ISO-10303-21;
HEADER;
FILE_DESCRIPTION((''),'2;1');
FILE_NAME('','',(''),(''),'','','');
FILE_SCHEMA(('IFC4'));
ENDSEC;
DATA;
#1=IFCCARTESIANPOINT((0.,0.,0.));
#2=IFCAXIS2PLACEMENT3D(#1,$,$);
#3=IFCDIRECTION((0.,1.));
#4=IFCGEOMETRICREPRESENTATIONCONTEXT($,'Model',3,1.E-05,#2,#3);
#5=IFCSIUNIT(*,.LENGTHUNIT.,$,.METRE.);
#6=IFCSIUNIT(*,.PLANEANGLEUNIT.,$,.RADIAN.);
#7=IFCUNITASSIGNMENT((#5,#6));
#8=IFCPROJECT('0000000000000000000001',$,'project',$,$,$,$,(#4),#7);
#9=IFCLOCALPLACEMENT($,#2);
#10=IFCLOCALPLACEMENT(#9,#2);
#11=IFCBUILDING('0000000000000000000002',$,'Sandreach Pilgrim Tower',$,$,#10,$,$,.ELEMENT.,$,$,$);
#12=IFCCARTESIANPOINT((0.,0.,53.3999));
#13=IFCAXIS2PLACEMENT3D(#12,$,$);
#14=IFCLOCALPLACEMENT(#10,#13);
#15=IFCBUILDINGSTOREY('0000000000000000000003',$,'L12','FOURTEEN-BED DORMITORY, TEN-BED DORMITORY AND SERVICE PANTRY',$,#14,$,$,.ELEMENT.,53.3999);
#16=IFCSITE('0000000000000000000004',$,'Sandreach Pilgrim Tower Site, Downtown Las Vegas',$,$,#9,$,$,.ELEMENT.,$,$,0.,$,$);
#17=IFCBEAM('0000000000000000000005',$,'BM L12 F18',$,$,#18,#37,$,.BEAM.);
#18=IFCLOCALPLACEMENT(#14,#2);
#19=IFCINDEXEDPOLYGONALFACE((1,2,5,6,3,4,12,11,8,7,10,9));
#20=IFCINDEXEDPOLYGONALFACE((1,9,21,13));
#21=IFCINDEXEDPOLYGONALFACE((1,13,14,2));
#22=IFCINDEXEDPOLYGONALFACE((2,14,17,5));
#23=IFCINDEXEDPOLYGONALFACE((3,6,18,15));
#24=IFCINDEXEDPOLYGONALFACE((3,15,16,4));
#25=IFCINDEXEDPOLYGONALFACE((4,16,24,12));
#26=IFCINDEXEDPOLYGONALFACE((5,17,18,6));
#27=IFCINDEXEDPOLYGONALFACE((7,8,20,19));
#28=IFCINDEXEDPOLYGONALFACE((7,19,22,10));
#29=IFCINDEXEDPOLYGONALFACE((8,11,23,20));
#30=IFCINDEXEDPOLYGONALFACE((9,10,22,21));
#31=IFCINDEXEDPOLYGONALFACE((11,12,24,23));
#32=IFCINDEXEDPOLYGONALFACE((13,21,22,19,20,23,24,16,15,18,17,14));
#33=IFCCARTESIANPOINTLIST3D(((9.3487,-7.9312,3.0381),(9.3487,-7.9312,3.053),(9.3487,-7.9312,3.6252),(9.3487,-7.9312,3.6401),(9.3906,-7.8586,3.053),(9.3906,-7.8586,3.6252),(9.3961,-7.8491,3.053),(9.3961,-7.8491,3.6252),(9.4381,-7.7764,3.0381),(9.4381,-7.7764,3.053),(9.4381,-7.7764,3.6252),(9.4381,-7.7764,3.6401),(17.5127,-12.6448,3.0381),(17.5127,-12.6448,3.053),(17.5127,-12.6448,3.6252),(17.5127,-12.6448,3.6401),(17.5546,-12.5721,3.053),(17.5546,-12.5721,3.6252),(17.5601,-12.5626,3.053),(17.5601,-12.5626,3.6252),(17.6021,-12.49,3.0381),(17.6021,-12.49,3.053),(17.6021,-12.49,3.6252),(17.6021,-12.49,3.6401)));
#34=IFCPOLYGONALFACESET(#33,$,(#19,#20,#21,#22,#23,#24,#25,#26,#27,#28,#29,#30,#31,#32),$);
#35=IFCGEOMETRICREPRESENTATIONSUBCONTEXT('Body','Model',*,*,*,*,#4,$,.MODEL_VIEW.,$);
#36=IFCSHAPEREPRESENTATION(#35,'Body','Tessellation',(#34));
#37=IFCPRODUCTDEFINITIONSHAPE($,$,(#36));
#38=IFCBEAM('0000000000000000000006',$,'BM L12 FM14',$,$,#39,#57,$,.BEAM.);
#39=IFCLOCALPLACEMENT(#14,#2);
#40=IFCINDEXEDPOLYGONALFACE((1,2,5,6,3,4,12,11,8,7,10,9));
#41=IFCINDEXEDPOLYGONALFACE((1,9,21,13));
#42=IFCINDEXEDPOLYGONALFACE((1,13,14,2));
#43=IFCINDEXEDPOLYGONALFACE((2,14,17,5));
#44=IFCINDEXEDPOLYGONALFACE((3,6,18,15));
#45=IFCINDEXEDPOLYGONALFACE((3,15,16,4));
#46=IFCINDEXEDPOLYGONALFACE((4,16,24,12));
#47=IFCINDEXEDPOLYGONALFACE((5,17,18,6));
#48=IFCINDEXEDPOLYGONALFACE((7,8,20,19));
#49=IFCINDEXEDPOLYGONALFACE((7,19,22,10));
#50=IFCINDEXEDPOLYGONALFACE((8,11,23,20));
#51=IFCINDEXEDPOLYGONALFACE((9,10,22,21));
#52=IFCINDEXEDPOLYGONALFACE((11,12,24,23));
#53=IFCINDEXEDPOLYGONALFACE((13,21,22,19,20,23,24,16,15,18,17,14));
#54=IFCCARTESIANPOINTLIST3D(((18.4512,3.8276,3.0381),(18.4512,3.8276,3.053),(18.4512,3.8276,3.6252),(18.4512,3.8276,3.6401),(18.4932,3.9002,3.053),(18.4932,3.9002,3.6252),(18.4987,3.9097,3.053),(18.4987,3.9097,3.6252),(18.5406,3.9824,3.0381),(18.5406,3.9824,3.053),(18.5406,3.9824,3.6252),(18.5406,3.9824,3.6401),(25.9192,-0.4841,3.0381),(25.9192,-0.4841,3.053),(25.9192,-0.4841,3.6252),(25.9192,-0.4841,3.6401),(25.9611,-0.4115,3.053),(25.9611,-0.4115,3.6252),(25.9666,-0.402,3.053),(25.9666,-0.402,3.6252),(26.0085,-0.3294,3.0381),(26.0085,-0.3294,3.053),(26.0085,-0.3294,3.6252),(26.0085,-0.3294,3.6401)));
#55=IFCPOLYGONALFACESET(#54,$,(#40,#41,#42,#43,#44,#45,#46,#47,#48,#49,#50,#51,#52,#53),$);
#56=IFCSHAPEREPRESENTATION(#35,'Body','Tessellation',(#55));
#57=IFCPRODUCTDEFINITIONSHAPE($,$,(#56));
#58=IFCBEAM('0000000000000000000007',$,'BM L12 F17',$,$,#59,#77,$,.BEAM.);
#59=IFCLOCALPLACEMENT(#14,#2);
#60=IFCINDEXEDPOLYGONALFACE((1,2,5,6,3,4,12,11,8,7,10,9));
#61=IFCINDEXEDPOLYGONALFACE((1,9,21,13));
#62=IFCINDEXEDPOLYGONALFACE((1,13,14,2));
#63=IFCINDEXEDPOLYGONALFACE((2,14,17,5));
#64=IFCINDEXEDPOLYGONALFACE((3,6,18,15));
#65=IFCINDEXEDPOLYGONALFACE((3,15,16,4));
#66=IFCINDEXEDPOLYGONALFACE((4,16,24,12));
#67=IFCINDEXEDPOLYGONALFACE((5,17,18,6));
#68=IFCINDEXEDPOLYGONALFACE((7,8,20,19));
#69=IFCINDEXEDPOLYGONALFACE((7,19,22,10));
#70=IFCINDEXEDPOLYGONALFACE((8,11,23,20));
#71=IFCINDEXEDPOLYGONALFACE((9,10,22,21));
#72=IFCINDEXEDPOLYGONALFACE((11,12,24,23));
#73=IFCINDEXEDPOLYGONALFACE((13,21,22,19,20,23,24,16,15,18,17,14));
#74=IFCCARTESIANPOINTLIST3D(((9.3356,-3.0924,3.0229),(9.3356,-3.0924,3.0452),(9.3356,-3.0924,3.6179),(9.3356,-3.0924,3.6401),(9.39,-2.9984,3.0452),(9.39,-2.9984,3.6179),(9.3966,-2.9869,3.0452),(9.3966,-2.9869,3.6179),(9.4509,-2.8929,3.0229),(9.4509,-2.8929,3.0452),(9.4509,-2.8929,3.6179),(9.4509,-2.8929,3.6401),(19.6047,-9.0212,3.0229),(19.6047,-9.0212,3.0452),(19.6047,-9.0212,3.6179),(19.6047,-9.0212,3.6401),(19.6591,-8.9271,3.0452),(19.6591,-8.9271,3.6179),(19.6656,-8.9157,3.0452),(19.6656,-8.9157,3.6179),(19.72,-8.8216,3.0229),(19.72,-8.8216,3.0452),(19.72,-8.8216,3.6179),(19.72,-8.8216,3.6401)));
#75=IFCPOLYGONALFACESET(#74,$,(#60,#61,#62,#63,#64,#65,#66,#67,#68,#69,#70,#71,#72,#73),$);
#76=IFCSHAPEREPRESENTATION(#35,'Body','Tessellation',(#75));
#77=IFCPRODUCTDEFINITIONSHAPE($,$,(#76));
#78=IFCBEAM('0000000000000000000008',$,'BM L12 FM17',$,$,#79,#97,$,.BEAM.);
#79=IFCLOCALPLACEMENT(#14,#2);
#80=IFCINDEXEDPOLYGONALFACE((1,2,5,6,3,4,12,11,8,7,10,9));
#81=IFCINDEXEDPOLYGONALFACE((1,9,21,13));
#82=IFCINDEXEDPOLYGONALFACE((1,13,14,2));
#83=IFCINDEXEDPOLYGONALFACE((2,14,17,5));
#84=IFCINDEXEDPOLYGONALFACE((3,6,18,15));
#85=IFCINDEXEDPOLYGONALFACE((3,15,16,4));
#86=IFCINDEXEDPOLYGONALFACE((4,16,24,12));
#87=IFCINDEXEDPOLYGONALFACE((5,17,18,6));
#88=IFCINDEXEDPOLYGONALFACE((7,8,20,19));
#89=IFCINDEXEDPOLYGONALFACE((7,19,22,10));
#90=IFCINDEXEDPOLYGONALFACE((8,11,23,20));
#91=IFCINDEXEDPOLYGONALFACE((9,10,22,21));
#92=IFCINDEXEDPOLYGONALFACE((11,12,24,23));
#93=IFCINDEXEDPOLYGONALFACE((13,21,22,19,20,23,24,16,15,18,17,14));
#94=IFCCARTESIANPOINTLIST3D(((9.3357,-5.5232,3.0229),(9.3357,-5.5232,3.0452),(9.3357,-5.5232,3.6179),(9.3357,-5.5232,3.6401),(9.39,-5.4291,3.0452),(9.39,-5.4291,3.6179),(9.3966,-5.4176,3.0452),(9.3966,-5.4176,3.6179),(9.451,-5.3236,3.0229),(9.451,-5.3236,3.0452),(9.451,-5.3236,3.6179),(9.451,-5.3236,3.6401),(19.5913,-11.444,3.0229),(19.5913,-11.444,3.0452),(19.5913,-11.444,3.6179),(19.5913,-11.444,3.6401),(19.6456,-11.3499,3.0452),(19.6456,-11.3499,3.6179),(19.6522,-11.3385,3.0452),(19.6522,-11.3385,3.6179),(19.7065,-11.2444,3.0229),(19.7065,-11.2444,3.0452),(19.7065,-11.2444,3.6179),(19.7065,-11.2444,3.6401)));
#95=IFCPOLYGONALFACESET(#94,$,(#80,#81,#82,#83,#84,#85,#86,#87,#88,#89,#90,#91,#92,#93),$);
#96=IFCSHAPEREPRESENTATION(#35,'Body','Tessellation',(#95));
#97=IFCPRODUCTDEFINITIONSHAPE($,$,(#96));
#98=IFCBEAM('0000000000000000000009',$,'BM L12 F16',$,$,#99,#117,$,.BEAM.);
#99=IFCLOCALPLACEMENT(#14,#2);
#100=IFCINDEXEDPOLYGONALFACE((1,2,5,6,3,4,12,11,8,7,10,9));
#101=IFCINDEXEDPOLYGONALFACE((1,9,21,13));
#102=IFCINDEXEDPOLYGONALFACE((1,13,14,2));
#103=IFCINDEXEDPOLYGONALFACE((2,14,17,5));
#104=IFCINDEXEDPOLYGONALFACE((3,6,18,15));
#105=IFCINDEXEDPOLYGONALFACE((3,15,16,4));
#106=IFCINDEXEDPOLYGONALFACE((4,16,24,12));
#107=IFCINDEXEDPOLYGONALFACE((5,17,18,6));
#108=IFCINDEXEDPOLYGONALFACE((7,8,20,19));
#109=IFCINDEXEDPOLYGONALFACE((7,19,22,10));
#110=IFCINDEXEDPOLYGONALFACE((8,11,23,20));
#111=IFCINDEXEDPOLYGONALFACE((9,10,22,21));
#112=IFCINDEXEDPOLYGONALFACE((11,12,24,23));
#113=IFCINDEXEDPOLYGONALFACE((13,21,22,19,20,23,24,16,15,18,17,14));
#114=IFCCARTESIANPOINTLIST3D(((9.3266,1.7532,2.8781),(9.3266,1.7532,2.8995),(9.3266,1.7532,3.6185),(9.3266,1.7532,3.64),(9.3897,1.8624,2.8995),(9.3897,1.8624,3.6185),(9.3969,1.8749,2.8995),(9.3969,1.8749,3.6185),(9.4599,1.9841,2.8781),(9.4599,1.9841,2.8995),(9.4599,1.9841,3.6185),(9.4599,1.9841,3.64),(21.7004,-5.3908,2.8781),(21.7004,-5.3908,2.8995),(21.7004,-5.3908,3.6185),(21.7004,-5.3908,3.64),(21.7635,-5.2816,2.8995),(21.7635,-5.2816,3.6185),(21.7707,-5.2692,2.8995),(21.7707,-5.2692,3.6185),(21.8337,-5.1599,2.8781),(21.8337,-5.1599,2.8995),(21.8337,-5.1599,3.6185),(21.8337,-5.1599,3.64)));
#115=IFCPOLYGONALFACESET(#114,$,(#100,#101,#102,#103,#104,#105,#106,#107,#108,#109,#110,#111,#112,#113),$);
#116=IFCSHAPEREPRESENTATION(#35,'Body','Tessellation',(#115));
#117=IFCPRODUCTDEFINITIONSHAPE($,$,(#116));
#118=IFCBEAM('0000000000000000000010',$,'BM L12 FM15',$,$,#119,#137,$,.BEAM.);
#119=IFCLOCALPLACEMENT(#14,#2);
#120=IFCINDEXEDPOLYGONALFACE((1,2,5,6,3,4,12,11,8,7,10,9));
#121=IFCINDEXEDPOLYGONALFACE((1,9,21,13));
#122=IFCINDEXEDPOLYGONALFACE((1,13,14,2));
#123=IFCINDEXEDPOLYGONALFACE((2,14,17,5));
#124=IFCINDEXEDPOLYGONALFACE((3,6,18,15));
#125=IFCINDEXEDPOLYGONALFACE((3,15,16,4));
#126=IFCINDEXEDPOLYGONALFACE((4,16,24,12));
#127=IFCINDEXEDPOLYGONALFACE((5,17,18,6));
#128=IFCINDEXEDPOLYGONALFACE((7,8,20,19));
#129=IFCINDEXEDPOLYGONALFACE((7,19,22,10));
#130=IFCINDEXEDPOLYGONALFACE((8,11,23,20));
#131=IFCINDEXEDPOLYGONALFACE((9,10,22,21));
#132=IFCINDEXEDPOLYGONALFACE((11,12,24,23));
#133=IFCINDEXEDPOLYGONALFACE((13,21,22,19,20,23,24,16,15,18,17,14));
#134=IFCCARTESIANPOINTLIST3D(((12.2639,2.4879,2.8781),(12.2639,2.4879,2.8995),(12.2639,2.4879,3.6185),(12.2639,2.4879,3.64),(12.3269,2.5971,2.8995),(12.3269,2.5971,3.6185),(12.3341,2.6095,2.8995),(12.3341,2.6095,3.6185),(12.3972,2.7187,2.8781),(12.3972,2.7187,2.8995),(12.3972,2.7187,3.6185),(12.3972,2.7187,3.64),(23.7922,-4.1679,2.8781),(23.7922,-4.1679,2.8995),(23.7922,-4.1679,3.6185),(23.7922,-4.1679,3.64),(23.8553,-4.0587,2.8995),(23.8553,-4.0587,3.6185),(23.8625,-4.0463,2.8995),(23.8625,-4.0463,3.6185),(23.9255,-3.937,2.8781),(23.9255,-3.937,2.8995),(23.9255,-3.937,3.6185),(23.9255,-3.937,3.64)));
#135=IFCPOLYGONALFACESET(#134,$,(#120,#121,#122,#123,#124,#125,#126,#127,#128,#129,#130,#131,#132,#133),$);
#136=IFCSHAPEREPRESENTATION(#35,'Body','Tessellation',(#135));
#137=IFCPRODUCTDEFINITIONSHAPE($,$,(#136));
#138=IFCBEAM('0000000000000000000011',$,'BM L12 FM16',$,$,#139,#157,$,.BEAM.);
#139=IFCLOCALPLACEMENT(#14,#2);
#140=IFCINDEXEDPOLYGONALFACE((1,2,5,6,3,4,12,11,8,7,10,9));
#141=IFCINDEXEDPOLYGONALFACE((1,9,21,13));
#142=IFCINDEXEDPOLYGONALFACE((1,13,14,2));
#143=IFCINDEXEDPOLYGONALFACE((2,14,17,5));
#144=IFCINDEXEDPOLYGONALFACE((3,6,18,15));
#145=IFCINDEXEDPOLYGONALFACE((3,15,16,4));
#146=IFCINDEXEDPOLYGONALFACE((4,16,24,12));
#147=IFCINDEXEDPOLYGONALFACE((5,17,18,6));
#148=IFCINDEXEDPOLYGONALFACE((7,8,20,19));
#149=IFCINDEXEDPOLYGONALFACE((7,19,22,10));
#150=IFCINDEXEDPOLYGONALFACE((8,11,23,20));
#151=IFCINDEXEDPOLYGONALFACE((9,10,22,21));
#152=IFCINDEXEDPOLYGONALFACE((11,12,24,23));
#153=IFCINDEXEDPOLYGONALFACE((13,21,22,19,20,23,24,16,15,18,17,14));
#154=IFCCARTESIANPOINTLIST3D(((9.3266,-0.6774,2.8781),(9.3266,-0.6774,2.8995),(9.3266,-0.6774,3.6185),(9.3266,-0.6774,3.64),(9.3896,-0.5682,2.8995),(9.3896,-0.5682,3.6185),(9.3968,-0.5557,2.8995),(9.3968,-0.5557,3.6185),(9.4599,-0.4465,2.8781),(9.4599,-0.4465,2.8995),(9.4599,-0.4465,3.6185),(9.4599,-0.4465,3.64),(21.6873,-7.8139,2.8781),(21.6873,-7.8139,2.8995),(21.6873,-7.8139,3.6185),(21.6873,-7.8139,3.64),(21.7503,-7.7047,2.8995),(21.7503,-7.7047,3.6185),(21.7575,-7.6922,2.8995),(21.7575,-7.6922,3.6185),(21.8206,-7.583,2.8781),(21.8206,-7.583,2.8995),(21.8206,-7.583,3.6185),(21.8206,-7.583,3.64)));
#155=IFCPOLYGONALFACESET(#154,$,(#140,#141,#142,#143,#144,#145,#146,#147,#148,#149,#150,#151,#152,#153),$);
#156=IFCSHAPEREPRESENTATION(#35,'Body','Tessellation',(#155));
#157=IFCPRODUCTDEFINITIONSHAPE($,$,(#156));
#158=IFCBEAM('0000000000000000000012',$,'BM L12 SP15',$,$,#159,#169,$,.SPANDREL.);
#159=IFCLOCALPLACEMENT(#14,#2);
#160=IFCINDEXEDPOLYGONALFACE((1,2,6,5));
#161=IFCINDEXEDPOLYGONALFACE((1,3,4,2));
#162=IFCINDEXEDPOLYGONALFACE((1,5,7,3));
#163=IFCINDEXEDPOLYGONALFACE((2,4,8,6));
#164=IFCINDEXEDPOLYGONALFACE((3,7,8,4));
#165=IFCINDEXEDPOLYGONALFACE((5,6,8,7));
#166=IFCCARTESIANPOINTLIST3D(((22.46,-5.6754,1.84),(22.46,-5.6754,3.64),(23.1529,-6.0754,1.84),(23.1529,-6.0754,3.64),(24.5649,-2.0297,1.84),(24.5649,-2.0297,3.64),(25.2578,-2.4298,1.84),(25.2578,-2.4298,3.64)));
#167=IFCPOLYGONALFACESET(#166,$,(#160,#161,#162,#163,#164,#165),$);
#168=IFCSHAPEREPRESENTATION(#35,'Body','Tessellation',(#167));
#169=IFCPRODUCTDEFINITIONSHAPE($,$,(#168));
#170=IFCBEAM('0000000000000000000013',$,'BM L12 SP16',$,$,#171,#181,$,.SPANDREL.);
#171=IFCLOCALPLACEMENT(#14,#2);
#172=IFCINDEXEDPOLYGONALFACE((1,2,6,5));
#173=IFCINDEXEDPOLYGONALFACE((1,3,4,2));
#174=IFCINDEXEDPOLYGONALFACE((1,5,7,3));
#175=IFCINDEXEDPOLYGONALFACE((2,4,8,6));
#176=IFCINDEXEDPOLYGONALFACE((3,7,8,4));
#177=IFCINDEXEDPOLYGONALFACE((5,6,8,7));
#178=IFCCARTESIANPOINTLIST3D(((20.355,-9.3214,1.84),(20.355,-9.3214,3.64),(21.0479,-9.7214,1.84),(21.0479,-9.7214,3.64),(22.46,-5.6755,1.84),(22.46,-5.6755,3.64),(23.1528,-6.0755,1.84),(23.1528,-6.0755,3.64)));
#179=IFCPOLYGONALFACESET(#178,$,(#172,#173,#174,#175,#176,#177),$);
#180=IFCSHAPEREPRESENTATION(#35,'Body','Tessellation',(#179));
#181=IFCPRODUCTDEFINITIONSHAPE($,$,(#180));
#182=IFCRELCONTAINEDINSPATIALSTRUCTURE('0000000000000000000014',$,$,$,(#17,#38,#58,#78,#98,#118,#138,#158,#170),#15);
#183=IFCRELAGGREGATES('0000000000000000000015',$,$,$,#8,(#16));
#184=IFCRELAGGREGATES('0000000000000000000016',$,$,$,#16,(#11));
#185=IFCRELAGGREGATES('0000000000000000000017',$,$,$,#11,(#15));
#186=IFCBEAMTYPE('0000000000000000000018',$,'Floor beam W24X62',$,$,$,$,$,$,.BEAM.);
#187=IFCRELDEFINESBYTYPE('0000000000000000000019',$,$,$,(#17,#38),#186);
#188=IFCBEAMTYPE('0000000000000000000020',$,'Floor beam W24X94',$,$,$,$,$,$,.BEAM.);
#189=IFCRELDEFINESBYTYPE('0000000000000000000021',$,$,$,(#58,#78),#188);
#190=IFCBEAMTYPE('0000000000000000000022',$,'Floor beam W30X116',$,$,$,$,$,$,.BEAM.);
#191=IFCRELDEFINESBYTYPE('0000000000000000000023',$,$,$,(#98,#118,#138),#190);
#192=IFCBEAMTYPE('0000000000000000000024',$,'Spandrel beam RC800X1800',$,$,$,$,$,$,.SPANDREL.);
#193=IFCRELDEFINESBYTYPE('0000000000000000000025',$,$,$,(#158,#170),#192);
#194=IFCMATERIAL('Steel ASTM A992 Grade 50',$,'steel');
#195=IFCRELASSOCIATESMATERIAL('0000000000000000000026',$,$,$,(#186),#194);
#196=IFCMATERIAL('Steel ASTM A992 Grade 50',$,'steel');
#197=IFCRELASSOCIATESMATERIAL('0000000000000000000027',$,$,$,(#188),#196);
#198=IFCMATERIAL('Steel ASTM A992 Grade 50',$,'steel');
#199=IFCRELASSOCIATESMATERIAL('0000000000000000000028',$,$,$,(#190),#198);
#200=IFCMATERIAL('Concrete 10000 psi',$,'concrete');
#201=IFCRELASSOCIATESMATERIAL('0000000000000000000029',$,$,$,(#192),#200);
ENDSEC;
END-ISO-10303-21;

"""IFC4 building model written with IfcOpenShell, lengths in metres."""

from ifc_helpers import new_model, si_unit, direction, frame, origin, origin_2d, place, context, subcontext, project, spatial, rectangle, i_section, extrude, material, material_profile, profile_set, type_object, element, save


model = new_model("IFC4")

# Units and contexts
model_context = context("Model", 3, precision=1e-05, world=origin(), true_north=direction((0.0, 1.0)))
body_context = subcontext(model_context, "Body", "Model", "MODEL_VIEW")
ifc_project = project(units=[si_unit("LENGTHUNIT", "METRE"), si_unit("PLANEANGLEUNIT", "RADIAN")], contexts=[model_context])

# Site, building, storey
site_placement = place(None, origin())
site = spatial("IfcSite", under=ifc_project, at=site_placement, Name="Sandreach Pilgrim Tower Site, Downtown Las Vegas", CompositionType="ELEMENT", RefElevation=0.0)
building_placement = place(site_placement, origin())
building = spatial("IfcBuilding", under=site, at=building_placement, Name="Sandreach Pilgrim Tower", CompositionType="ELEMENT")
storey_placement = place(building_placement, frame((0.0, 0.0, 53.3999)))
storey = spatial("IfcBuildingStorey", under=building, at=storey_placement, Name="L12", Description="FOURTEEN-BED DORMITORY, TEN-BED DORMITORY AND SERVICE PANTRY", CompositionType="ELEMENT", Elevation=53.3999)

# Beams
ifc_material_1 = material(Name="Steel ASTM A992 Grade 50", Category="steel")
ifc_material_profile_1 = material_profile(ifc_material_1, i_section(OverallWidth=0.1787, OverallDepth=0.6021, WebThickness=0.011, FlangeThickness=0.0149, at=origin_2d()), Name="W24X62")
ifc_profile_set_1 = profile_set([ifc_material_profile_1], Name="Steel ASTM A992 Grade 50")
beam_type_1 = type_object("IfcBeamType", Name="Floor beam W24X62", PredefinedType="BEAM", material=ifc_profile_set_1)
beam_1_placement = place(storey_placement, frame((17.5574, -12.5674, 3.3391), z_axis=(-0.866021, 0.500008, 0.0), x_axis=(-0.500008, -0.866021, 0.0)))
element("IfcBeam", 1, at=beam_1_placement, inside=storey, type_object=beam_type_1, Name="BM L12 F18", PredefinedType="BEAM", context=body_context, shape_type="SweptSolid", body=[
    extrude(i_section(OverallWidth=0.1787, OverallDepth=0.6021, WebThickness=0.011, FlangeThickness=0.0149, at=origin_2d()), origin(), (0.0, 0.0, 1.0), 9.427),
])
beam_2_placement = place(storey_placement, frame((25.9639, -0.4067, 3.3391), z_axis=(-0.86602, 0.500009, 0.0), x_axis=(-0.500009, -0.86602, 0.0)))
element("IfcBeam", 2, at=beam_2_placement, inside=storey, type_object=beam_type_1, Name="BM L12 FM14", PredefinedType="BEAM", context=body_context, shape_type="SweptSolid", body=[
    extrude(i_section(OverallWidth=0.1787, OverallDepth=0.6021, WebThickness=0.011, FlangeThickness=0.0149, at=origin_2d()), origin(), (0.0, 0.0, 1.0), 8.6233),
])
ifc_material_2 = material(Name="Steel ASTM A992 Grade 50", Category="steel")
ifc_material_profile_2 = material_profile(ifc_material_2, i_section(OverallWidth=0.2305, OverallDepth=0.6172, WebThickness=0.0132, FlangeThickness=0.0222, at=origin_2d()), Name="W24X94")
ifc_profile_set_2 = profile_set([ifc_material_profile_2], Name="Steel ASTM A992 Grade 50")
beam_type_2 = type_object("IfcBeamType", Name="Floor beam W24X94", PredefinedType="BEAM", material=ifc_profile_set_2)
beam_3_placement = place(storey_placement, frame((19.6624, -8.9214, 3.3315), z_axis=(-0.86603, 0.499992, 0.0), x_axis=(-0.499992, -0.86603, 0.0)))
element("IfcBeam", 3, at=beam_3_placement, inside=storey, type_object=beam_type_2, Name="BM L12 F17", PredefinedType="BEAM", context=body_context, shape_type="SweptSolid", body=[
    extrude(i_section(OverallWidth=0.2305, OverallDepth=0.6172, WebThickness=0.0132, FlangeThickness=0.0222, at=origin_2d()), origin(), (0.0, 0.0, 1.0), 11.8577),
])
beam_4_placement = place(storey_placement, frame((19.6489, -11.3442, 3.3315), z_axis=(-0.866032, 0.499988, 0.0), x_axis=(-0.499988, -0.866032, 0.0)))
element("IfcBeam", 4, at=beam_4_placement, inside=storey, type_object=beam_type_2, Name="BM L12 FM17", PredefinedType="BEAM", context=body_context, shape_type="SweptSolid", body=[
    extrude(i_section(OverallWidth=0.2305, OverallDepth=0.6172, WebThickness=0.0132, FlangeThickness=0.0222, at=origin_2d()), origin(), (0.0, 0.0, 1.0), 11.842),
])
ifc_material_3 = material(Name="Steel ASTM A992 Grade 50", Category="steel")
ifc_material_profile_3 = material_profile(ifc_material_3, i_section(OverallWidth=0.2666, OverallDepth=0.762, WebThickness=0.0144, FlangeThickness=0.0215, at=origin_2d()), Name="W30X116")
ifc_profile_set_3 = profile_set([ifc_material_profile_3], Name="Steel ASTM A992 Grade 50")
beam_type_3 = type_object("IfcBeamType", Name="Floor beam W30X116", PredefinedType="BEAM", material=ifc_profile_set_3)
beam_5_placement = place(storey_placement, frame((21.7671, -5.2754, 3.259), z_axis=(-0.866024, 0.500002, 0.0), x_axis=(-0.500002, -0.866024, 0.0)))
element("IfcBeam", 5, at=beam_5_placement, inside=storey, type_object=beam_type_3, Name="BM L12 F16", PredefinedType="BEAM", context=body_context, shape_type="SweptSolid", body=[
    extrude(i_section(OverallWidth=0.2666, OverallDepth=0.762, WebThickness=0.0144, FlangeThickness=0.0215, at=origin_2d()), origin(), (0.0, 0.0, 1.0), 14.2881),
])
beam_6_placement = place(storey_placement, frame((23.8589, -4.0525, 3.259), z_axis=(-0.866029, 0.499993, 0.0), x_axis=(-0.499993, -0.866029, 0.0)))
element("IfcBeam", 6, at=beam_6_placement, inside=storey, type_object=beam_type_3, Name="BM L12 FM15", PredefinedType="BEAM", context=body_context, shape_type="SweptSolid", body=[
    extrude(i_section(OverallWidth=0.2666, OverallDepth=0.762, WebThickness=0.0144, FlangeThickness=0.0215, at=origin_2d()), origin(), (0.0, 0.0, 1.0), 13.3118),
])
beam_7_placement = place(storey_placement, frame((21.7539, -7.6985, 3.259), z_axis=(-0.866023, 0.500004, 0.0), x_axis=(-0.500004, -0.866023, 0.0)))
element("IfcBeam", 7, at=beam_7_placement, inside=storey, type_object=beam_type_3, Name="BM L12 FM16", PredefinedType="BEAM", context=body_context, shape_type="SweptSolid", body=[
    extrude(i_section(OverallWidth=0.2666, OverallDepth=0.762, WebThickness=0.0144, FlangeThickness=0.0215, at=origin_2d()), origin(), (0.0, 0.0, 1.0), 14.2729),
])
ifc_material_4 = material(Name="Concrete 10000 psi", Category="concrete")
ifc_material_profile_4 = material_profile(ifc_material_4, rectangle(XDim=0.8, YDim=1.8, at=origin_2d()), Name="RC800X1800")
ifc_profile_set_4 = profile_set([ifc_material_profile_4], Name="Concrete 10000 psi")
beam_type_4 = type_object("IfcBeamType", Name="Spandrel beam RC800X1800", PredefinedType="SPANDREL", material=ifc_profile_set_4)
beam_8_placement = place(storey_placement, frame((24.9114, -2.2297, 2.74), z_axis=(-0.500019, -0.866015, 0.0), x_axis=(0.866015, -0.500019, 0.0)))
element("IfcBeam", 8, at=beam_8_placement, inside=storey, type_object=beam_type_4, Name="BM L12 SP15", PredefinedType="SPANDREL", context=body_context, shape_type="SweptSolid", body=[
    extrude(rectangle(XDim=0.8, YDim=1.8, at=origin_2d()), origin(), (0.0, 0.0, 1.0), 4.2097),
])
beam_9_placement = place(storey_placement, frame((22.8064, -5.8755, 2.74), z_axis=(-0.499994, -0.866029, 0.0), x_axis=(0.866029, -0.499994, 0.0)))
element("IfcBeam", 9, at=beam_9_placement, inside=storey, type_object=beam_type_4, Name="BM L12 SP16", PredefinedType="SPANDREL", context=body_context, shape_type="SweptSolid", body=[
    extrude(rectangle(XDim=0.8, YDim=1.8, at=origin_2d()), origin(), (0.0, 0.0, 1.0), 4.21),
])

save(model, "model.ifc")
